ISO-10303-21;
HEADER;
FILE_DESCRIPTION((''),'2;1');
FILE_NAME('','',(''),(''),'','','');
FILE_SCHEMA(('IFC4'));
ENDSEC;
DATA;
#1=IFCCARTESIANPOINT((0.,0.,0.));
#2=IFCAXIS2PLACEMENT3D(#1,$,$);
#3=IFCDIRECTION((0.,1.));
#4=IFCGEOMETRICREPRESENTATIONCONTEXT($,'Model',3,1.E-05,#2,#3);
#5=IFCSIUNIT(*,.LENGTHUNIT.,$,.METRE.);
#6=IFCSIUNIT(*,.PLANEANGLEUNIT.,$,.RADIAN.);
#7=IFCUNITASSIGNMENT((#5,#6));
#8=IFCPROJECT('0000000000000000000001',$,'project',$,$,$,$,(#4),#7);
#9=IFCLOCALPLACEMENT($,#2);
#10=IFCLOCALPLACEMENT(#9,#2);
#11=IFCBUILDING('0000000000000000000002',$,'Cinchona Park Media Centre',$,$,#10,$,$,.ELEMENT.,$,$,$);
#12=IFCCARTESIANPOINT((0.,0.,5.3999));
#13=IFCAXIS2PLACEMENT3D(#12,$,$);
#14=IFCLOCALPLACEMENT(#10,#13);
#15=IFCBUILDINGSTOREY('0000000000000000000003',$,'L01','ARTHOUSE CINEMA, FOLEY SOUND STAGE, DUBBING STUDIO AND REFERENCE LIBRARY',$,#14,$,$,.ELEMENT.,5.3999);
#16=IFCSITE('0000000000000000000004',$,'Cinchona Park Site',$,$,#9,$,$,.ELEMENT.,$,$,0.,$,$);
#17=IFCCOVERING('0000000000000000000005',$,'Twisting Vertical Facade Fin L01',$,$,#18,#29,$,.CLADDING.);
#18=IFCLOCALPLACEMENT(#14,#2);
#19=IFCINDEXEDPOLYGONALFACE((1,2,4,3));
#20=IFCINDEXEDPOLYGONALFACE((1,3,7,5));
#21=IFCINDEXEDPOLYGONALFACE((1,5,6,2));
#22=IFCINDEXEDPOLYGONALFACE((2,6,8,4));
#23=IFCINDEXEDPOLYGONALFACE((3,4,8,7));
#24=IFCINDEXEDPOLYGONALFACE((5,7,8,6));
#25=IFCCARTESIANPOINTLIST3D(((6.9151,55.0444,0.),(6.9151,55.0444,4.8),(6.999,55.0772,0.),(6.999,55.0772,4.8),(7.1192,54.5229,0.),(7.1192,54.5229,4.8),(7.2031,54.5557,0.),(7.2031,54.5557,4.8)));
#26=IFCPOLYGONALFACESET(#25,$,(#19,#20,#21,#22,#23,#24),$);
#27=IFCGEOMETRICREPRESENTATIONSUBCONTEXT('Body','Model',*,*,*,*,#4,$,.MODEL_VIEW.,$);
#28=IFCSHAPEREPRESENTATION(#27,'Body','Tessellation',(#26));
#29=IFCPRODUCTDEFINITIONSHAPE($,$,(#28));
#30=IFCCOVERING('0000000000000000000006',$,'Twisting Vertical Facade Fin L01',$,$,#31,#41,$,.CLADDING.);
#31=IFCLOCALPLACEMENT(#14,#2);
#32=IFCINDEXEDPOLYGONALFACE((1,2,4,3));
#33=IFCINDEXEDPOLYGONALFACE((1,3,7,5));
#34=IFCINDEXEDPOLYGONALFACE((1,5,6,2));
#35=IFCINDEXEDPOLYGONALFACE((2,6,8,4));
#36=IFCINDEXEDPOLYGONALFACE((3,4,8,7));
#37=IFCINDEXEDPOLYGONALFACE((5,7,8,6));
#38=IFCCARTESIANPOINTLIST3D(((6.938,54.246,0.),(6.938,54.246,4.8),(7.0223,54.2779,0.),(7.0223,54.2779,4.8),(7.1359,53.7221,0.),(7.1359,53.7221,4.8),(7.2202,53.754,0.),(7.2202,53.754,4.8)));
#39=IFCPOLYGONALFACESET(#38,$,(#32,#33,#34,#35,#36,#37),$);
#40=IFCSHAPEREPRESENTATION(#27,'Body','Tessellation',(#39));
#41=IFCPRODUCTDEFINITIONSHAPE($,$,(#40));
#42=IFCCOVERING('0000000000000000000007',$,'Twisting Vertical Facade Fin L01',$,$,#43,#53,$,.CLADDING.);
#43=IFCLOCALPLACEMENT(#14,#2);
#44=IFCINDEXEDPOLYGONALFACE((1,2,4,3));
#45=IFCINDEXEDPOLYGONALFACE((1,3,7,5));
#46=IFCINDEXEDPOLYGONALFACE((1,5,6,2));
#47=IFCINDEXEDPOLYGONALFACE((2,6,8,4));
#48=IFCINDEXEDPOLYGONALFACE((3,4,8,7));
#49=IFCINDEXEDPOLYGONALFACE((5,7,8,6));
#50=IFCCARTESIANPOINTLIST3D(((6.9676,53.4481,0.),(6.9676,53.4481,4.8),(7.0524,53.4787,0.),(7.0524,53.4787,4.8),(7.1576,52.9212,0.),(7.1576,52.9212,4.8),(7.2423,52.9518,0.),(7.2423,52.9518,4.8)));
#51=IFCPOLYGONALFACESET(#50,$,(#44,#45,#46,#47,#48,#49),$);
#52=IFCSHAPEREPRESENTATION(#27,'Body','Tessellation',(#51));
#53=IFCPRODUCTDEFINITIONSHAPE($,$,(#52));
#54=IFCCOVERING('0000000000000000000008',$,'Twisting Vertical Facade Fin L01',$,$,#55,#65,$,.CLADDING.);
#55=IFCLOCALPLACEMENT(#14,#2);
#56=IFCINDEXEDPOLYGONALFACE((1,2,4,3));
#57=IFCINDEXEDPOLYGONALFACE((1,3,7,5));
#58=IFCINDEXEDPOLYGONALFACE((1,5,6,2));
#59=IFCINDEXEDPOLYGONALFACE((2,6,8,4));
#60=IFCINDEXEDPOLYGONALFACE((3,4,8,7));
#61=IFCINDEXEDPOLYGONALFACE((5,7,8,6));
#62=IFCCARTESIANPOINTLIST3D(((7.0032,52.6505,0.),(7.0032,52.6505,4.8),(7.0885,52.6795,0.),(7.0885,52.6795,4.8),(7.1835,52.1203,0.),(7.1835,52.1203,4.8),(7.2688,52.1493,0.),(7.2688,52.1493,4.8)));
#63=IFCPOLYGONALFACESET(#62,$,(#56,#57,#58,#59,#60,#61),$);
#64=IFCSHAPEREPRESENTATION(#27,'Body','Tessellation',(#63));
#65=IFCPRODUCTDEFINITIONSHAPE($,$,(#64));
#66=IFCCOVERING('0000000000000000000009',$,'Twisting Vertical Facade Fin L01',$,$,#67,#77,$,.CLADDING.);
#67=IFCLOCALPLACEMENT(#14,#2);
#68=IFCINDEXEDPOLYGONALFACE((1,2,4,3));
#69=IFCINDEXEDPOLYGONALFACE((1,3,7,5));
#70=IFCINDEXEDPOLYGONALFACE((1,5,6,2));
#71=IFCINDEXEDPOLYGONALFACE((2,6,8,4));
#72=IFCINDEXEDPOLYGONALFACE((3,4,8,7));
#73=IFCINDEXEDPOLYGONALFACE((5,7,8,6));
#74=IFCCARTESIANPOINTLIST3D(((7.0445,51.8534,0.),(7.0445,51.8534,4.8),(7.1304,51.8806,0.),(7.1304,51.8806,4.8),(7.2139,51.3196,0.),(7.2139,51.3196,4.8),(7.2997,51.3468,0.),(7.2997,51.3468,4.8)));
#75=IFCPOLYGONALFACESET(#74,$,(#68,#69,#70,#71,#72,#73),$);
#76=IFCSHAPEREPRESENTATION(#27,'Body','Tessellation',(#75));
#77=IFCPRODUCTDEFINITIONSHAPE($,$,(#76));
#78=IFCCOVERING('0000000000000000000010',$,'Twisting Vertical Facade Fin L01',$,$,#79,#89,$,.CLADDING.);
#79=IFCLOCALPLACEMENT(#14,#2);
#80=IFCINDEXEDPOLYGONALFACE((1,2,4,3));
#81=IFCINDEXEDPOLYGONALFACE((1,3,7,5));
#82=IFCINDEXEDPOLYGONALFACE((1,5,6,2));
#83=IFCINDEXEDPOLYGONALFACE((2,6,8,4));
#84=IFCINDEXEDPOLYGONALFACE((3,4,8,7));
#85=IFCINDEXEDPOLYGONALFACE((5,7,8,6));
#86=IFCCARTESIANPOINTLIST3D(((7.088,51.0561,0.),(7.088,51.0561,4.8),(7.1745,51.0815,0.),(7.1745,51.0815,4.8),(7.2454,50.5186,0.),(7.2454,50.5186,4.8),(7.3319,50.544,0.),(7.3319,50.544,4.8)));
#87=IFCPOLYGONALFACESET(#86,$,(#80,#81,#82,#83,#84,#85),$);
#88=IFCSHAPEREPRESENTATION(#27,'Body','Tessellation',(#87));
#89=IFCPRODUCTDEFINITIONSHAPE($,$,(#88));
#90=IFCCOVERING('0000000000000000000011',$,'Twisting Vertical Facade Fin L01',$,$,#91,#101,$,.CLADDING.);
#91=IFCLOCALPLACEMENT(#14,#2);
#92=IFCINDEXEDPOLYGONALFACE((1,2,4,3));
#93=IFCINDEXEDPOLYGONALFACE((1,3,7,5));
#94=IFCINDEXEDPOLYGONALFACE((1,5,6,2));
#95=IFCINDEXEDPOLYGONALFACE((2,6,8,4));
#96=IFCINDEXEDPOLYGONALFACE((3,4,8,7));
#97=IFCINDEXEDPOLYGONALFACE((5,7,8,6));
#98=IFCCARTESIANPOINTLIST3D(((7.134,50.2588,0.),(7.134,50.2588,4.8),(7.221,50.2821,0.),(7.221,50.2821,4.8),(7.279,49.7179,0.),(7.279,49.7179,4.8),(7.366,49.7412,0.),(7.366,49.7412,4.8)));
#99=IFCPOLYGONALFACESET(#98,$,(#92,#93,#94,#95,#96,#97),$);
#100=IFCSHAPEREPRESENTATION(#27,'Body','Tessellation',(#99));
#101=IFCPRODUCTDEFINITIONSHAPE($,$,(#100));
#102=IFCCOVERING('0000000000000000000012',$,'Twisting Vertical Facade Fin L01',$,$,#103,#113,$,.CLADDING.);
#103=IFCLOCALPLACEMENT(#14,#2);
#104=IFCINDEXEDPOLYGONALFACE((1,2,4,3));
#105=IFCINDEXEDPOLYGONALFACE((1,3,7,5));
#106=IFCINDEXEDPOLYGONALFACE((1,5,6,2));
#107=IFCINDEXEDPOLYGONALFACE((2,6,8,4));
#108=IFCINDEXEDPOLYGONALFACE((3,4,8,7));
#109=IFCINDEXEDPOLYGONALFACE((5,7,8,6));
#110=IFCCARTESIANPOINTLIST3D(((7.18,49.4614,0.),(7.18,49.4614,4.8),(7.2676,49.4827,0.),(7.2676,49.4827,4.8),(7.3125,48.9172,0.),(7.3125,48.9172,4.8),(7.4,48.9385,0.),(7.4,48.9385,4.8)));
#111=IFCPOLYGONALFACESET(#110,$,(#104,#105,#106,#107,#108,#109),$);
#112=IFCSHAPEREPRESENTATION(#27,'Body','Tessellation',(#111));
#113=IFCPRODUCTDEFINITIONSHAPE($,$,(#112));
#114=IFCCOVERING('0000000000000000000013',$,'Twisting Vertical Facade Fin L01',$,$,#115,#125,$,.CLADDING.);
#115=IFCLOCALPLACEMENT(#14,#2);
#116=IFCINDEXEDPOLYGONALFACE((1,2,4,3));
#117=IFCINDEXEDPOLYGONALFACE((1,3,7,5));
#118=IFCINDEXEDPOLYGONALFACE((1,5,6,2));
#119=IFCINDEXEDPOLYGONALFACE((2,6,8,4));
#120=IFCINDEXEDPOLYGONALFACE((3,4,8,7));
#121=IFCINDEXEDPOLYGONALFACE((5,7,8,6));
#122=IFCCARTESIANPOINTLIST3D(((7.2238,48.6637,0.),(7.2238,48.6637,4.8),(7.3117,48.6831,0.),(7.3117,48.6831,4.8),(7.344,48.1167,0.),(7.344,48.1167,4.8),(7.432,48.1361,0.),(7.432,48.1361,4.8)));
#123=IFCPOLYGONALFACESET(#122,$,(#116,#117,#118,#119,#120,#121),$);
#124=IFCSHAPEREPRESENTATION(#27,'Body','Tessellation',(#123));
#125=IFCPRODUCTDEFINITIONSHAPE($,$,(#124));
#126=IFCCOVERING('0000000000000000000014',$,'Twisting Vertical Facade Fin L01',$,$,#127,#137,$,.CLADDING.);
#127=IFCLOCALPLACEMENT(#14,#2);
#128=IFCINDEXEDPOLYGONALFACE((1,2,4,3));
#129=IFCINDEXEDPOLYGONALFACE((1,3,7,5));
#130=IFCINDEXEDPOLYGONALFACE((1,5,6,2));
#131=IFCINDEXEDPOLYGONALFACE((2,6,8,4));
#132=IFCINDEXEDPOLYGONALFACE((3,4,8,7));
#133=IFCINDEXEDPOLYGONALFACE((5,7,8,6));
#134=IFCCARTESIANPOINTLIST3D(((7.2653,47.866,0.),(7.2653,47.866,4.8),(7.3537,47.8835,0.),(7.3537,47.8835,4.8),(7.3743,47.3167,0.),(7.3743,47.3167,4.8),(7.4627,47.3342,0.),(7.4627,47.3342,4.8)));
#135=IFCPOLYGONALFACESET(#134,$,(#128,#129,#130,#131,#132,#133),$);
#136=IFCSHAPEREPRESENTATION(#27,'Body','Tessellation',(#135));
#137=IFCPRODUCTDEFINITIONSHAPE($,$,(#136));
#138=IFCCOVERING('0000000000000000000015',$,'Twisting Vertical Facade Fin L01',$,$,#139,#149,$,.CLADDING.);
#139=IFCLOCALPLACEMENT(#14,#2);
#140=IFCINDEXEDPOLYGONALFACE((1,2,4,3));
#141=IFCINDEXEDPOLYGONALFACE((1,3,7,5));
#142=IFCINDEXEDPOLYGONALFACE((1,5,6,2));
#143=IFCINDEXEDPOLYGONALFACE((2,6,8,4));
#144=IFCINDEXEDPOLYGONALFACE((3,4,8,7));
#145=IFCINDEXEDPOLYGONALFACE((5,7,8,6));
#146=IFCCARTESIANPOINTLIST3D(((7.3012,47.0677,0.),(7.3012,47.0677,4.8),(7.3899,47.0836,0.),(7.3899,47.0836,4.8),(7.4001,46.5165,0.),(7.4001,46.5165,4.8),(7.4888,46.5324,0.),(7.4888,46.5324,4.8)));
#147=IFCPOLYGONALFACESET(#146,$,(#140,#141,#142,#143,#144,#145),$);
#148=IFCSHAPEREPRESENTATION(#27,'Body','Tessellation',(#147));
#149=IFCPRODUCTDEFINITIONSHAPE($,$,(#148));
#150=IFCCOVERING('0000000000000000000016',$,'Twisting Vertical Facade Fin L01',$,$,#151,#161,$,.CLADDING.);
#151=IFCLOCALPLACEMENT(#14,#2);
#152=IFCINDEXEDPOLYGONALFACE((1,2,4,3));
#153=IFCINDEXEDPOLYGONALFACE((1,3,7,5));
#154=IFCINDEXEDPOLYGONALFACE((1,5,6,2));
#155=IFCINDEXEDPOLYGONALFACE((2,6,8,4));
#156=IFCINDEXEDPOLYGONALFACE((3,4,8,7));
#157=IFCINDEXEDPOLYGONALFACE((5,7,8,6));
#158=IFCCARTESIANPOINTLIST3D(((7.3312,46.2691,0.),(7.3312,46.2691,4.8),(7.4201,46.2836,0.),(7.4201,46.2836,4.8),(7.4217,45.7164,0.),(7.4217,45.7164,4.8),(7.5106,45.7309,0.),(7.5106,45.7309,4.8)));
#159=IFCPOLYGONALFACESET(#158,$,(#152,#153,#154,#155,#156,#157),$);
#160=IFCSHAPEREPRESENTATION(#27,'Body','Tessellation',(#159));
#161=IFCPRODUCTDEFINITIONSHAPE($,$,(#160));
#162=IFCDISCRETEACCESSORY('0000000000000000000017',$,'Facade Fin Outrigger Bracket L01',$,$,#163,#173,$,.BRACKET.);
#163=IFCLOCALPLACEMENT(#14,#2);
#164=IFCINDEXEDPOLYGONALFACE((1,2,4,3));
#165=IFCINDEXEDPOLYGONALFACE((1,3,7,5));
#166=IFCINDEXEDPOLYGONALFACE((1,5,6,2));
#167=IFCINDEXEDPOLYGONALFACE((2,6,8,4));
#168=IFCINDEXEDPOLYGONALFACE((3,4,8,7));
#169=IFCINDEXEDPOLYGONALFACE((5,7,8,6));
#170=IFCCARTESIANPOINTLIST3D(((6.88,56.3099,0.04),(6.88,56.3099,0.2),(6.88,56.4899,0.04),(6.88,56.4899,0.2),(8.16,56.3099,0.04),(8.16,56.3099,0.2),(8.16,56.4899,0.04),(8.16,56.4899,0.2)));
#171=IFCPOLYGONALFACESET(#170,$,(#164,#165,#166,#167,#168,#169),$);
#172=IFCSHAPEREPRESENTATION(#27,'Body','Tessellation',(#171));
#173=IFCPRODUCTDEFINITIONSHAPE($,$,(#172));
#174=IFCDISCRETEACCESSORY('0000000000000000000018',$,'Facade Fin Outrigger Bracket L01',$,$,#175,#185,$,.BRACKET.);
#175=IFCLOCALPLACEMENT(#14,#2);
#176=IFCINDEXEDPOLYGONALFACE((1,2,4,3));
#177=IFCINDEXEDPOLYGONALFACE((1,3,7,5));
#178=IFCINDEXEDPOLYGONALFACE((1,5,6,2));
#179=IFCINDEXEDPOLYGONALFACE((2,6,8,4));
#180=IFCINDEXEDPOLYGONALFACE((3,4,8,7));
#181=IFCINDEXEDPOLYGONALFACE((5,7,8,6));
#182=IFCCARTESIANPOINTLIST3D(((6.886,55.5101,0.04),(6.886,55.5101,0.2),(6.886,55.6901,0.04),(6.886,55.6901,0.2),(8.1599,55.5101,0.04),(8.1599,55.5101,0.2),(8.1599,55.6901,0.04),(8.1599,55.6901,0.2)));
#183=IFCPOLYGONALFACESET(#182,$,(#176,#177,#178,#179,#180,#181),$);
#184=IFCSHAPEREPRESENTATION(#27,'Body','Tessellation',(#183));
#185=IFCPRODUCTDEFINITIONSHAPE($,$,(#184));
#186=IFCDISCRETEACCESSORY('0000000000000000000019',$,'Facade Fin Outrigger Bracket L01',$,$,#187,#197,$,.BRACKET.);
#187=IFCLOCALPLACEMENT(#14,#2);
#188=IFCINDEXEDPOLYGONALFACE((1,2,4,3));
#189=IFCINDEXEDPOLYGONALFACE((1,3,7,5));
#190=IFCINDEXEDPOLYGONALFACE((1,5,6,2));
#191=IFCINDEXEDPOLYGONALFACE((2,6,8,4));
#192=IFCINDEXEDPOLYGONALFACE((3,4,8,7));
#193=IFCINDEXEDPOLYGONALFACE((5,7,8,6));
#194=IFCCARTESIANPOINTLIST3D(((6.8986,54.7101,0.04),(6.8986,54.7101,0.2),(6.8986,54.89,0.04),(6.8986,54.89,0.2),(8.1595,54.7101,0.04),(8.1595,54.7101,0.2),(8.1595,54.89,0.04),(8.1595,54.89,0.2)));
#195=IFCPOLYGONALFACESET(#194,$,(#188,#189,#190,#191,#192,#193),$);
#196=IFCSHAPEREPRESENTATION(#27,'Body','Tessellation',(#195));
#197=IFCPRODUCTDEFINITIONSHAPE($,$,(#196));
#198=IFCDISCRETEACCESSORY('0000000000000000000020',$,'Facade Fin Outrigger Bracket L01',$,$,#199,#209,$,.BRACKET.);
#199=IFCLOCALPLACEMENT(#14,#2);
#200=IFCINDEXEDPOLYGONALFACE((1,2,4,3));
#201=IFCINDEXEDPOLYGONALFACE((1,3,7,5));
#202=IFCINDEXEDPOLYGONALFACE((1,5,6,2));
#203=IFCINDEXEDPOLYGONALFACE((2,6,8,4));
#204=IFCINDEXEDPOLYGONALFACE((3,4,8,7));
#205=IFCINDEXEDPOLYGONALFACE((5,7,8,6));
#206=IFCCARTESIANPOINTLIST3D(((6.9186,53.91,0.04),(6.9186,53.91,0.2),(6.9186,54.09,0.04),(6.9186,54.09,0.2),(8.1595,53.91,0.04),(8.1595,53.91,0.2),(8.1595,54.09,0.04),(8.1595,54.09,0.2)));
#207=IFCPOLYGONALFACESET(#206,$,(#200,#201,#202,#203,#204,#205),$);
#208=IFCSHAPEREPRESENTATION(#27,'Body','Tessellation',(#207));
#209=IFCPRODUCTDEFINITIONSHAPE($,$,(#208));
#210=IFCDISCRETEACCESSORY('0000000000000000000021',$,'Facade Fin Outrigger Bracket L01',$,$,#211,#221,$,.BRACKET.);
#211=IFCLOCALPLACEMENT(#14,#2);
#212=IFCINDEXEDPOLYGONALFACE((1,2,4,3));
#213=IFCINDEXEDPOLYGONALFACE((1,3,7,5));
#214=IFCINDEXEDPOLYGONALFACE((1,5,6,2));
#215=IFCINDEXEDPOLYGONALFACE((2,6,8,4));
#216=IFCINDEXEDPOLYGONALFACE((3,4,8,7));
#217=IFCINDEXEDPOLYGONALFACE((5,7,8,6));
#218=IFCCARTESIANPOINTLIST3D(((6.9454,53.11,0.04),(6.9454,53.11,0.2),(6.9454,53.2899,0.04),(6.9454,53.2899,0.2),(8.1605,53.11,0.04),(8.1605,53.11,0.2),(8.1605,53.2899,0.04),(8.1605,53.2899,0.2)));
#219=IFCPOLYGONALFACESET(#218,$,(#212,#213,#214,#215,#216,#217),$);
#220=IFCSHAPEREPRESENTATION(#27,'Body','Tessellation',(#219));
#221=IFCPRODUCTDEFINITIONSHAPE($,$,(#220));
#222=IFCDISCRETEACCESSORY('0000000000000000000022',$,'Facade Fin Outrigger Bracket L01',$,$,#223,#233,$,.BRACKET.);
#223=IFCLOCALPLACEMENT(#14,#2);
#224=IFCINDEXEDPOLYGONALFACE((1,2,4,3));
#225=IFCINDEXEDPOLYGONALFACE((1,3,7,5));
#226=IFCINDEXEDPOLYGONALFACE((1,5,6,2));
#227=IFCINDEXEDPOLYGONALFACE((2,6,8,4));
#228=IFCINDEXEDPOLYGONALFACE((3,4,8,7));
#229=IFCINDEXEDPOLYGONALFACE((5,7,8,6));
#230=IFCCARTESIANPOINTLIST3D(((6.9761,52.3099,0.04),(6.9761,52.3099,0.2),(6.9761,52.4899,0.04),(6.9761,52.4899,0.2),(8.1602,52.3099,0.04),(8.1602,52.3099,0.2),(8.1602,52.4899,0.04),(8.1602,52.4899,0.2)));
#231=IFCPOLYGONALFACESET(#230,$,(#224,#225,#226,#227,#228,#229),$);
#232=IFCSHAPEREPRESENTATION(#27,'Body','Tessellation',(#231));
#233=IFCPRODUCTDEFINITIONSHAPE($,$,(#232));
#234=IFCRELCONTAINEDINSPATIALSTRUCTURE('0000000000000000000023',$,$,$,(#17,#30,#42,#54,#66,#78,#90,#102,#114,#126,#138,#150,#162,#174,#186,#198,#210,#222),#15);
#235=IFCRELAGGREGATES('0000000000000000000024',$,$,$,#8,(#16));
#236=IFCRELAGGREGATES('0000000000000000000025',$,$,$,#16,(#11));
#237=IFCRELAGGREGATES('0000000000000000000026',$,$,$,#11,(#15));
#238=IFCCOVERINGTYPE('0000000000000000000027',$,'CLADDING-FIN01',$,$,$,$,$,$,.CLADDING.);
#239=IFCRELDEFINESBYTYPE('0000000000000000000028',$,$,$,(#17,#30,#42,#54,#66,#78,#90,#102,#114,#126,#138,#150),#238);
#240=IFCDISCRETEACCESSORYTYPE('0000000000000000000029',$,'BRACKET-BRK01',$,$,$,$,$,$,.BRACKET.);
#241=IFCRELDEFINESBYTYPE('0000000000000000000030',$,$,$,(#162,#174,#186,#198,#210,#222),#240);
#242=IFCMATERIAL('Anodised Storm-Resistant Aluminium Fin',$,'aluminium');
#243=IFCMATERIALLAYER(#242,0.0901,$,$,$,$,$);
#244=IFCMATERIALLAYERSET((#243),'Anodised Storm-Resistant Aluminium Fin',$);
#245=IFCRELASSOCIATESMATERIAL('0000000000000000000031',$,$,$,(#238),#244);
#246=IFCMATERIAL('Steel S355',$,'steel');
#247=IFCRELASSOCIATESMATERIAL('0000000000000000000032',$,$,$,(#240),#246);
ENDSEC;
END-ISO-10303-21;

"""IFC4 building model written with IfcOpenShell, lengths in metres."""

from ifc_helpers import new_model, si_unit, direction, frame, origin, origin_2d, place, context, subcontext, project, spatial, rectangle, extrude, material, layer, layer_set, type_object, element, save


model = new_model("IFC4")

# Units and contexts
model_context = context("Model", 3, precision=1e-05, world=origin(), true_north=direction((0.0, 1.0)))
body_context = subcontext(model_context, "Body", "Model", "MODEL_VIEW")
ifc_project = project(units=[si_unit("LENGTHUNIT", "METRE"), si_unit("PLANEANGLEUNIT", "RADIAN")], contexts=[model_context])

# Site, building, storey
site_placement = place(None, origin())
site = spatial("IfcSite", under=ifc_project, at=site_placement, Name="Cinchona Park Site", CompositionType="ELEMENT", RefElevation=0.0)
building_placement = place(site_placement, origin())
building = spatial("IfcBuilding", under=site, at=building_placement, Name="Cinchona Park Media Centre", CompositionType="ELEMENT")
storey_placement = place(building_placement, frame((0.0, 0.0, 5.3999)))
storey = spatial("IfcBuildingStorey", under=building, at=storey_placement, Name="L01", Description="ARTHOUSE CINEMA, FOLEY SOUND STAGE, DUBBING STUDIO AND REFERENCE LIBRARY", CompositionType="ELEMENT", Elevation=5.3999)

# Coverings
ifc_material_1 = material(Name="Anodised Storm-Resistant Aluminium Fin", Category="aluminium")
ifc_layer_1 = layer(ifc_material_1, 0.0901)
ifc_layer_set_1 = layer_set([ifc_layer_1], Name="Anodised Storm-Resistant Aluminium Fin")
covering_type = type_object("IfcCoveringType", Name="CLADDING-FIN01", PredefinedType="CLADDING", material=ifc_layer_set_1)
for number, where, z_axis, x_axis, name in (
    (1, (7.0591, 54.8, 0.0), (0.0, 0.0, 1.0), (0.364389, -0.931247, 0.0), "Twisting Vertical Facade Fin L01"),
    (2, (7.0791, 54.0, 0.0), (0.0, 0.0, 1.0), (0.353475, -0.935444, 0.0), "Twisting Vertical Facade Fin L01"),
    (3, (7.105, 53.2, 0.0), (0.0, 0.0, 1.0), (0.339231, -0.940703, 0.0), "Twisting Vertical Facade Fin L01"),
    (4, (7.136, 52.3999, 0.0), (0.0, 0.0, 1.0), (0.321935, -0.946762, 0.0), "Twisting Vertical Facade Fin L01"),
    (5, (7.1721, 51.6001, 0.0), (0.0, 0.0, 1.0), (0.30237, -0.953191, 0.0), "Twisting Vertical Facade Fin L01"),
    (6, (7.21, 50.8, 0.0), (0.0, 0.0, 1.0), (0.281002, -0.959707, 0.0), "Twisting Vertical Facade Fin L01"),
    (7, (7.25, 50.0, 0.0), (0.0, 0.0, 1.0), (0.258819, -0.965926, 0.0), "Twisting Vertical Facade Fin L01"),
    (8, (7.29, 49.2, 0.0), (0.0, 0.0, 1.0), (0.236499, -0.971632, 0.0), "Twisting Vertical Facade Fin L01"),
    (9, (7.3279, 48.3999, 0.0), (0.0, 0.0, 1.0), (0.214735, -0.976672, 0.0), "Twisting Vertical Facade Fin L01"),
    (10, (7.364, 47.6001, 0.0), (0.0, 0.0, 1.0), (0.194577, -0.980887, 0.0), "Twisting Vertical Facade Fin L01"),
    (11, (7.395, 46.8, 0.0), (0.0, 0.0, 1.0), (0.176569, -0.984288, 0.0), "Twisting Vertical Facade Fin L01"),
    (12, (7.4209, 46.0, 0.0), (0.0, 0.0, 1.0), (0.161604, -0.986856, 0.0), "Twisting Vertical Facade Fin L01"),
):
    element("IfcCovering", number, at=place(storey_placement, frame(where, z_axis=z_axis, x_axis=x_axis)), inside=storey, type_object=covering_type, Name=name, PredefinedType="CLADDING", context=body_context, shape_type="SweptSolid", body=[
        extrude(rectangle(XDim=0.5601, YDim=0.0901, at=origin_2d()), origin(), (0.0, 0.0, 1.0), 4.8),
    ])

# Discrete accessories
ifc_material_2 = material(Name="Steel S355", Category="steel")
discrete_accessory_type = type_object("IfcDiscreteAccessoryType", Name="BRACKET-BRK01", PredefinedType="BRACKET", material=ifc_material_2)
discrete_accessory_1_placement = place(storey_placement, frame((7.52, 56.3999, 0.04), z_axis=(0.0, 0.0, 1.0), x_axis=(0.0, -1.0, 0.0)))
element("IfcDiscreteAccessory", 13, at=discrete_accessory_1_placement, inside=storey, type_object=discrete_accessory_type, Name="Facade Fin Outrigger Bracket L01", PredefinedType="BRACKET", context=body_context, shape_type="SweptSolid", body=[
    extrude(rectangle(XDim=0.1799, YDim=1.28, at=origin_2d()), origin(), (0.0, 0.0, 1.0), 0.1599),
])
discrete_accessory_2_placement = place(storey_placement, frame((7.5229, 55.6001, 0.04), z_axis=(0.0, 0.0, 1.0), x_axis=(0.0, -1.0, 0.0)))
element("IfcDiscreteAccessory", 14, at=discrete_accessory_2_placement, inside=storey, type_object=discrete_accessory_type, Name="Facade Fin Outrigger Bracket L01", PredefinedType="BRACKET", context=body_context, shape_type="SweptSolid", body=[
    extrude(rectangle(XDim=0.1799, YDim=1.2739, at=origin_2d()), origin(), (0.0, 0.0, 1.0), 0.1599),
])
discrete_accessory_3_placement = place(storey_placement, frame((7.5291, 54.8, 0.04), z_axis=(0.0, 0.0, 1.0), x_axis=(0.0, -1.0, 0.0)))
element("IfcDiscreteAccessory", 15, at=discrete_accessory_3_placement, inside=storey, type_object=discrete_accessory_type, Name="Facade Fin Outrigger Bracket L01", PredefinedType="BRACKET", context=body_context, shape_type="SweptSolid", body=[
    extrude(rectangle(XDim=0.1799, YDim=1.261, at=origin_2d()), origin(), (0.0, 0.0, 1.0), 0.1599),
])
discrete_accessory_4_placement = place(storey_placement, frame((7.5391, 54.0, 0.04), z_axis=(0.0, 0.0, 1.0), x_axis=(0.0, -1.0, 0.0)))
element("IfcDiscreteAccessory", 16, at=discrete_accessory_4_placement, inside=storey, type_object=discrete_accessory_type, Name="Facade Fin Outrigger Bracket L01", PredefinedType="BRACKET", context=body_context, shape_type="SweptSolid", body=[
    extrude(rectangle(XDim=0.1799, YDim=1.241, at=origin_2d()), origin(), (0.0, 0.0, 1.0), 0.1599),
])
discrete_accessory_5_placement = place(storey_placement, frame((7.553, 53.2, 0.04), z_axis=(0.0, 0.0, 1.0), x_axis=(0.0, -1.0, 0.0)))
element("IfcDiscreteAccessory", 17, at=discrete_accessory_5_placement, inside=storey, type_object=discrete_accessory_type, Name="Facade Fin Outrigger Bracket L01", PredefinedType="BRACKET", context=body_context, shape_type="SweptSolid", body=[
    extrude(rectangle(XDim=0.1799, YDim=1.2151, at=origin_2d()), origin(), (0.0, 0.0, 1.0), 0.1599),
])
discrete_accessory_6_placement = place(storey_placement, frame((7.5681, 52.3999, 0.04), z_axis=(0.0, 0.0, 1.0), x_axis=(0.0, -1.0, 0.0)))
element("IfcDiscreteAccessory", 18, at=discrete_accessory_6_placement, inside=storey, type_object=discrete_accessory_type, Name="Facade Fin Outrigger Bracket L01", PredefinedType="BRACKET", context=body_context, shape_type="SweptSolid", body=[
    extrude(rectangle(XDim=0.1799, YDim=1.1841, at=origin_2d()), origin(), (0.0, 0.0, 1.0), 0.1599),
])

save(model, "model.ifc")
